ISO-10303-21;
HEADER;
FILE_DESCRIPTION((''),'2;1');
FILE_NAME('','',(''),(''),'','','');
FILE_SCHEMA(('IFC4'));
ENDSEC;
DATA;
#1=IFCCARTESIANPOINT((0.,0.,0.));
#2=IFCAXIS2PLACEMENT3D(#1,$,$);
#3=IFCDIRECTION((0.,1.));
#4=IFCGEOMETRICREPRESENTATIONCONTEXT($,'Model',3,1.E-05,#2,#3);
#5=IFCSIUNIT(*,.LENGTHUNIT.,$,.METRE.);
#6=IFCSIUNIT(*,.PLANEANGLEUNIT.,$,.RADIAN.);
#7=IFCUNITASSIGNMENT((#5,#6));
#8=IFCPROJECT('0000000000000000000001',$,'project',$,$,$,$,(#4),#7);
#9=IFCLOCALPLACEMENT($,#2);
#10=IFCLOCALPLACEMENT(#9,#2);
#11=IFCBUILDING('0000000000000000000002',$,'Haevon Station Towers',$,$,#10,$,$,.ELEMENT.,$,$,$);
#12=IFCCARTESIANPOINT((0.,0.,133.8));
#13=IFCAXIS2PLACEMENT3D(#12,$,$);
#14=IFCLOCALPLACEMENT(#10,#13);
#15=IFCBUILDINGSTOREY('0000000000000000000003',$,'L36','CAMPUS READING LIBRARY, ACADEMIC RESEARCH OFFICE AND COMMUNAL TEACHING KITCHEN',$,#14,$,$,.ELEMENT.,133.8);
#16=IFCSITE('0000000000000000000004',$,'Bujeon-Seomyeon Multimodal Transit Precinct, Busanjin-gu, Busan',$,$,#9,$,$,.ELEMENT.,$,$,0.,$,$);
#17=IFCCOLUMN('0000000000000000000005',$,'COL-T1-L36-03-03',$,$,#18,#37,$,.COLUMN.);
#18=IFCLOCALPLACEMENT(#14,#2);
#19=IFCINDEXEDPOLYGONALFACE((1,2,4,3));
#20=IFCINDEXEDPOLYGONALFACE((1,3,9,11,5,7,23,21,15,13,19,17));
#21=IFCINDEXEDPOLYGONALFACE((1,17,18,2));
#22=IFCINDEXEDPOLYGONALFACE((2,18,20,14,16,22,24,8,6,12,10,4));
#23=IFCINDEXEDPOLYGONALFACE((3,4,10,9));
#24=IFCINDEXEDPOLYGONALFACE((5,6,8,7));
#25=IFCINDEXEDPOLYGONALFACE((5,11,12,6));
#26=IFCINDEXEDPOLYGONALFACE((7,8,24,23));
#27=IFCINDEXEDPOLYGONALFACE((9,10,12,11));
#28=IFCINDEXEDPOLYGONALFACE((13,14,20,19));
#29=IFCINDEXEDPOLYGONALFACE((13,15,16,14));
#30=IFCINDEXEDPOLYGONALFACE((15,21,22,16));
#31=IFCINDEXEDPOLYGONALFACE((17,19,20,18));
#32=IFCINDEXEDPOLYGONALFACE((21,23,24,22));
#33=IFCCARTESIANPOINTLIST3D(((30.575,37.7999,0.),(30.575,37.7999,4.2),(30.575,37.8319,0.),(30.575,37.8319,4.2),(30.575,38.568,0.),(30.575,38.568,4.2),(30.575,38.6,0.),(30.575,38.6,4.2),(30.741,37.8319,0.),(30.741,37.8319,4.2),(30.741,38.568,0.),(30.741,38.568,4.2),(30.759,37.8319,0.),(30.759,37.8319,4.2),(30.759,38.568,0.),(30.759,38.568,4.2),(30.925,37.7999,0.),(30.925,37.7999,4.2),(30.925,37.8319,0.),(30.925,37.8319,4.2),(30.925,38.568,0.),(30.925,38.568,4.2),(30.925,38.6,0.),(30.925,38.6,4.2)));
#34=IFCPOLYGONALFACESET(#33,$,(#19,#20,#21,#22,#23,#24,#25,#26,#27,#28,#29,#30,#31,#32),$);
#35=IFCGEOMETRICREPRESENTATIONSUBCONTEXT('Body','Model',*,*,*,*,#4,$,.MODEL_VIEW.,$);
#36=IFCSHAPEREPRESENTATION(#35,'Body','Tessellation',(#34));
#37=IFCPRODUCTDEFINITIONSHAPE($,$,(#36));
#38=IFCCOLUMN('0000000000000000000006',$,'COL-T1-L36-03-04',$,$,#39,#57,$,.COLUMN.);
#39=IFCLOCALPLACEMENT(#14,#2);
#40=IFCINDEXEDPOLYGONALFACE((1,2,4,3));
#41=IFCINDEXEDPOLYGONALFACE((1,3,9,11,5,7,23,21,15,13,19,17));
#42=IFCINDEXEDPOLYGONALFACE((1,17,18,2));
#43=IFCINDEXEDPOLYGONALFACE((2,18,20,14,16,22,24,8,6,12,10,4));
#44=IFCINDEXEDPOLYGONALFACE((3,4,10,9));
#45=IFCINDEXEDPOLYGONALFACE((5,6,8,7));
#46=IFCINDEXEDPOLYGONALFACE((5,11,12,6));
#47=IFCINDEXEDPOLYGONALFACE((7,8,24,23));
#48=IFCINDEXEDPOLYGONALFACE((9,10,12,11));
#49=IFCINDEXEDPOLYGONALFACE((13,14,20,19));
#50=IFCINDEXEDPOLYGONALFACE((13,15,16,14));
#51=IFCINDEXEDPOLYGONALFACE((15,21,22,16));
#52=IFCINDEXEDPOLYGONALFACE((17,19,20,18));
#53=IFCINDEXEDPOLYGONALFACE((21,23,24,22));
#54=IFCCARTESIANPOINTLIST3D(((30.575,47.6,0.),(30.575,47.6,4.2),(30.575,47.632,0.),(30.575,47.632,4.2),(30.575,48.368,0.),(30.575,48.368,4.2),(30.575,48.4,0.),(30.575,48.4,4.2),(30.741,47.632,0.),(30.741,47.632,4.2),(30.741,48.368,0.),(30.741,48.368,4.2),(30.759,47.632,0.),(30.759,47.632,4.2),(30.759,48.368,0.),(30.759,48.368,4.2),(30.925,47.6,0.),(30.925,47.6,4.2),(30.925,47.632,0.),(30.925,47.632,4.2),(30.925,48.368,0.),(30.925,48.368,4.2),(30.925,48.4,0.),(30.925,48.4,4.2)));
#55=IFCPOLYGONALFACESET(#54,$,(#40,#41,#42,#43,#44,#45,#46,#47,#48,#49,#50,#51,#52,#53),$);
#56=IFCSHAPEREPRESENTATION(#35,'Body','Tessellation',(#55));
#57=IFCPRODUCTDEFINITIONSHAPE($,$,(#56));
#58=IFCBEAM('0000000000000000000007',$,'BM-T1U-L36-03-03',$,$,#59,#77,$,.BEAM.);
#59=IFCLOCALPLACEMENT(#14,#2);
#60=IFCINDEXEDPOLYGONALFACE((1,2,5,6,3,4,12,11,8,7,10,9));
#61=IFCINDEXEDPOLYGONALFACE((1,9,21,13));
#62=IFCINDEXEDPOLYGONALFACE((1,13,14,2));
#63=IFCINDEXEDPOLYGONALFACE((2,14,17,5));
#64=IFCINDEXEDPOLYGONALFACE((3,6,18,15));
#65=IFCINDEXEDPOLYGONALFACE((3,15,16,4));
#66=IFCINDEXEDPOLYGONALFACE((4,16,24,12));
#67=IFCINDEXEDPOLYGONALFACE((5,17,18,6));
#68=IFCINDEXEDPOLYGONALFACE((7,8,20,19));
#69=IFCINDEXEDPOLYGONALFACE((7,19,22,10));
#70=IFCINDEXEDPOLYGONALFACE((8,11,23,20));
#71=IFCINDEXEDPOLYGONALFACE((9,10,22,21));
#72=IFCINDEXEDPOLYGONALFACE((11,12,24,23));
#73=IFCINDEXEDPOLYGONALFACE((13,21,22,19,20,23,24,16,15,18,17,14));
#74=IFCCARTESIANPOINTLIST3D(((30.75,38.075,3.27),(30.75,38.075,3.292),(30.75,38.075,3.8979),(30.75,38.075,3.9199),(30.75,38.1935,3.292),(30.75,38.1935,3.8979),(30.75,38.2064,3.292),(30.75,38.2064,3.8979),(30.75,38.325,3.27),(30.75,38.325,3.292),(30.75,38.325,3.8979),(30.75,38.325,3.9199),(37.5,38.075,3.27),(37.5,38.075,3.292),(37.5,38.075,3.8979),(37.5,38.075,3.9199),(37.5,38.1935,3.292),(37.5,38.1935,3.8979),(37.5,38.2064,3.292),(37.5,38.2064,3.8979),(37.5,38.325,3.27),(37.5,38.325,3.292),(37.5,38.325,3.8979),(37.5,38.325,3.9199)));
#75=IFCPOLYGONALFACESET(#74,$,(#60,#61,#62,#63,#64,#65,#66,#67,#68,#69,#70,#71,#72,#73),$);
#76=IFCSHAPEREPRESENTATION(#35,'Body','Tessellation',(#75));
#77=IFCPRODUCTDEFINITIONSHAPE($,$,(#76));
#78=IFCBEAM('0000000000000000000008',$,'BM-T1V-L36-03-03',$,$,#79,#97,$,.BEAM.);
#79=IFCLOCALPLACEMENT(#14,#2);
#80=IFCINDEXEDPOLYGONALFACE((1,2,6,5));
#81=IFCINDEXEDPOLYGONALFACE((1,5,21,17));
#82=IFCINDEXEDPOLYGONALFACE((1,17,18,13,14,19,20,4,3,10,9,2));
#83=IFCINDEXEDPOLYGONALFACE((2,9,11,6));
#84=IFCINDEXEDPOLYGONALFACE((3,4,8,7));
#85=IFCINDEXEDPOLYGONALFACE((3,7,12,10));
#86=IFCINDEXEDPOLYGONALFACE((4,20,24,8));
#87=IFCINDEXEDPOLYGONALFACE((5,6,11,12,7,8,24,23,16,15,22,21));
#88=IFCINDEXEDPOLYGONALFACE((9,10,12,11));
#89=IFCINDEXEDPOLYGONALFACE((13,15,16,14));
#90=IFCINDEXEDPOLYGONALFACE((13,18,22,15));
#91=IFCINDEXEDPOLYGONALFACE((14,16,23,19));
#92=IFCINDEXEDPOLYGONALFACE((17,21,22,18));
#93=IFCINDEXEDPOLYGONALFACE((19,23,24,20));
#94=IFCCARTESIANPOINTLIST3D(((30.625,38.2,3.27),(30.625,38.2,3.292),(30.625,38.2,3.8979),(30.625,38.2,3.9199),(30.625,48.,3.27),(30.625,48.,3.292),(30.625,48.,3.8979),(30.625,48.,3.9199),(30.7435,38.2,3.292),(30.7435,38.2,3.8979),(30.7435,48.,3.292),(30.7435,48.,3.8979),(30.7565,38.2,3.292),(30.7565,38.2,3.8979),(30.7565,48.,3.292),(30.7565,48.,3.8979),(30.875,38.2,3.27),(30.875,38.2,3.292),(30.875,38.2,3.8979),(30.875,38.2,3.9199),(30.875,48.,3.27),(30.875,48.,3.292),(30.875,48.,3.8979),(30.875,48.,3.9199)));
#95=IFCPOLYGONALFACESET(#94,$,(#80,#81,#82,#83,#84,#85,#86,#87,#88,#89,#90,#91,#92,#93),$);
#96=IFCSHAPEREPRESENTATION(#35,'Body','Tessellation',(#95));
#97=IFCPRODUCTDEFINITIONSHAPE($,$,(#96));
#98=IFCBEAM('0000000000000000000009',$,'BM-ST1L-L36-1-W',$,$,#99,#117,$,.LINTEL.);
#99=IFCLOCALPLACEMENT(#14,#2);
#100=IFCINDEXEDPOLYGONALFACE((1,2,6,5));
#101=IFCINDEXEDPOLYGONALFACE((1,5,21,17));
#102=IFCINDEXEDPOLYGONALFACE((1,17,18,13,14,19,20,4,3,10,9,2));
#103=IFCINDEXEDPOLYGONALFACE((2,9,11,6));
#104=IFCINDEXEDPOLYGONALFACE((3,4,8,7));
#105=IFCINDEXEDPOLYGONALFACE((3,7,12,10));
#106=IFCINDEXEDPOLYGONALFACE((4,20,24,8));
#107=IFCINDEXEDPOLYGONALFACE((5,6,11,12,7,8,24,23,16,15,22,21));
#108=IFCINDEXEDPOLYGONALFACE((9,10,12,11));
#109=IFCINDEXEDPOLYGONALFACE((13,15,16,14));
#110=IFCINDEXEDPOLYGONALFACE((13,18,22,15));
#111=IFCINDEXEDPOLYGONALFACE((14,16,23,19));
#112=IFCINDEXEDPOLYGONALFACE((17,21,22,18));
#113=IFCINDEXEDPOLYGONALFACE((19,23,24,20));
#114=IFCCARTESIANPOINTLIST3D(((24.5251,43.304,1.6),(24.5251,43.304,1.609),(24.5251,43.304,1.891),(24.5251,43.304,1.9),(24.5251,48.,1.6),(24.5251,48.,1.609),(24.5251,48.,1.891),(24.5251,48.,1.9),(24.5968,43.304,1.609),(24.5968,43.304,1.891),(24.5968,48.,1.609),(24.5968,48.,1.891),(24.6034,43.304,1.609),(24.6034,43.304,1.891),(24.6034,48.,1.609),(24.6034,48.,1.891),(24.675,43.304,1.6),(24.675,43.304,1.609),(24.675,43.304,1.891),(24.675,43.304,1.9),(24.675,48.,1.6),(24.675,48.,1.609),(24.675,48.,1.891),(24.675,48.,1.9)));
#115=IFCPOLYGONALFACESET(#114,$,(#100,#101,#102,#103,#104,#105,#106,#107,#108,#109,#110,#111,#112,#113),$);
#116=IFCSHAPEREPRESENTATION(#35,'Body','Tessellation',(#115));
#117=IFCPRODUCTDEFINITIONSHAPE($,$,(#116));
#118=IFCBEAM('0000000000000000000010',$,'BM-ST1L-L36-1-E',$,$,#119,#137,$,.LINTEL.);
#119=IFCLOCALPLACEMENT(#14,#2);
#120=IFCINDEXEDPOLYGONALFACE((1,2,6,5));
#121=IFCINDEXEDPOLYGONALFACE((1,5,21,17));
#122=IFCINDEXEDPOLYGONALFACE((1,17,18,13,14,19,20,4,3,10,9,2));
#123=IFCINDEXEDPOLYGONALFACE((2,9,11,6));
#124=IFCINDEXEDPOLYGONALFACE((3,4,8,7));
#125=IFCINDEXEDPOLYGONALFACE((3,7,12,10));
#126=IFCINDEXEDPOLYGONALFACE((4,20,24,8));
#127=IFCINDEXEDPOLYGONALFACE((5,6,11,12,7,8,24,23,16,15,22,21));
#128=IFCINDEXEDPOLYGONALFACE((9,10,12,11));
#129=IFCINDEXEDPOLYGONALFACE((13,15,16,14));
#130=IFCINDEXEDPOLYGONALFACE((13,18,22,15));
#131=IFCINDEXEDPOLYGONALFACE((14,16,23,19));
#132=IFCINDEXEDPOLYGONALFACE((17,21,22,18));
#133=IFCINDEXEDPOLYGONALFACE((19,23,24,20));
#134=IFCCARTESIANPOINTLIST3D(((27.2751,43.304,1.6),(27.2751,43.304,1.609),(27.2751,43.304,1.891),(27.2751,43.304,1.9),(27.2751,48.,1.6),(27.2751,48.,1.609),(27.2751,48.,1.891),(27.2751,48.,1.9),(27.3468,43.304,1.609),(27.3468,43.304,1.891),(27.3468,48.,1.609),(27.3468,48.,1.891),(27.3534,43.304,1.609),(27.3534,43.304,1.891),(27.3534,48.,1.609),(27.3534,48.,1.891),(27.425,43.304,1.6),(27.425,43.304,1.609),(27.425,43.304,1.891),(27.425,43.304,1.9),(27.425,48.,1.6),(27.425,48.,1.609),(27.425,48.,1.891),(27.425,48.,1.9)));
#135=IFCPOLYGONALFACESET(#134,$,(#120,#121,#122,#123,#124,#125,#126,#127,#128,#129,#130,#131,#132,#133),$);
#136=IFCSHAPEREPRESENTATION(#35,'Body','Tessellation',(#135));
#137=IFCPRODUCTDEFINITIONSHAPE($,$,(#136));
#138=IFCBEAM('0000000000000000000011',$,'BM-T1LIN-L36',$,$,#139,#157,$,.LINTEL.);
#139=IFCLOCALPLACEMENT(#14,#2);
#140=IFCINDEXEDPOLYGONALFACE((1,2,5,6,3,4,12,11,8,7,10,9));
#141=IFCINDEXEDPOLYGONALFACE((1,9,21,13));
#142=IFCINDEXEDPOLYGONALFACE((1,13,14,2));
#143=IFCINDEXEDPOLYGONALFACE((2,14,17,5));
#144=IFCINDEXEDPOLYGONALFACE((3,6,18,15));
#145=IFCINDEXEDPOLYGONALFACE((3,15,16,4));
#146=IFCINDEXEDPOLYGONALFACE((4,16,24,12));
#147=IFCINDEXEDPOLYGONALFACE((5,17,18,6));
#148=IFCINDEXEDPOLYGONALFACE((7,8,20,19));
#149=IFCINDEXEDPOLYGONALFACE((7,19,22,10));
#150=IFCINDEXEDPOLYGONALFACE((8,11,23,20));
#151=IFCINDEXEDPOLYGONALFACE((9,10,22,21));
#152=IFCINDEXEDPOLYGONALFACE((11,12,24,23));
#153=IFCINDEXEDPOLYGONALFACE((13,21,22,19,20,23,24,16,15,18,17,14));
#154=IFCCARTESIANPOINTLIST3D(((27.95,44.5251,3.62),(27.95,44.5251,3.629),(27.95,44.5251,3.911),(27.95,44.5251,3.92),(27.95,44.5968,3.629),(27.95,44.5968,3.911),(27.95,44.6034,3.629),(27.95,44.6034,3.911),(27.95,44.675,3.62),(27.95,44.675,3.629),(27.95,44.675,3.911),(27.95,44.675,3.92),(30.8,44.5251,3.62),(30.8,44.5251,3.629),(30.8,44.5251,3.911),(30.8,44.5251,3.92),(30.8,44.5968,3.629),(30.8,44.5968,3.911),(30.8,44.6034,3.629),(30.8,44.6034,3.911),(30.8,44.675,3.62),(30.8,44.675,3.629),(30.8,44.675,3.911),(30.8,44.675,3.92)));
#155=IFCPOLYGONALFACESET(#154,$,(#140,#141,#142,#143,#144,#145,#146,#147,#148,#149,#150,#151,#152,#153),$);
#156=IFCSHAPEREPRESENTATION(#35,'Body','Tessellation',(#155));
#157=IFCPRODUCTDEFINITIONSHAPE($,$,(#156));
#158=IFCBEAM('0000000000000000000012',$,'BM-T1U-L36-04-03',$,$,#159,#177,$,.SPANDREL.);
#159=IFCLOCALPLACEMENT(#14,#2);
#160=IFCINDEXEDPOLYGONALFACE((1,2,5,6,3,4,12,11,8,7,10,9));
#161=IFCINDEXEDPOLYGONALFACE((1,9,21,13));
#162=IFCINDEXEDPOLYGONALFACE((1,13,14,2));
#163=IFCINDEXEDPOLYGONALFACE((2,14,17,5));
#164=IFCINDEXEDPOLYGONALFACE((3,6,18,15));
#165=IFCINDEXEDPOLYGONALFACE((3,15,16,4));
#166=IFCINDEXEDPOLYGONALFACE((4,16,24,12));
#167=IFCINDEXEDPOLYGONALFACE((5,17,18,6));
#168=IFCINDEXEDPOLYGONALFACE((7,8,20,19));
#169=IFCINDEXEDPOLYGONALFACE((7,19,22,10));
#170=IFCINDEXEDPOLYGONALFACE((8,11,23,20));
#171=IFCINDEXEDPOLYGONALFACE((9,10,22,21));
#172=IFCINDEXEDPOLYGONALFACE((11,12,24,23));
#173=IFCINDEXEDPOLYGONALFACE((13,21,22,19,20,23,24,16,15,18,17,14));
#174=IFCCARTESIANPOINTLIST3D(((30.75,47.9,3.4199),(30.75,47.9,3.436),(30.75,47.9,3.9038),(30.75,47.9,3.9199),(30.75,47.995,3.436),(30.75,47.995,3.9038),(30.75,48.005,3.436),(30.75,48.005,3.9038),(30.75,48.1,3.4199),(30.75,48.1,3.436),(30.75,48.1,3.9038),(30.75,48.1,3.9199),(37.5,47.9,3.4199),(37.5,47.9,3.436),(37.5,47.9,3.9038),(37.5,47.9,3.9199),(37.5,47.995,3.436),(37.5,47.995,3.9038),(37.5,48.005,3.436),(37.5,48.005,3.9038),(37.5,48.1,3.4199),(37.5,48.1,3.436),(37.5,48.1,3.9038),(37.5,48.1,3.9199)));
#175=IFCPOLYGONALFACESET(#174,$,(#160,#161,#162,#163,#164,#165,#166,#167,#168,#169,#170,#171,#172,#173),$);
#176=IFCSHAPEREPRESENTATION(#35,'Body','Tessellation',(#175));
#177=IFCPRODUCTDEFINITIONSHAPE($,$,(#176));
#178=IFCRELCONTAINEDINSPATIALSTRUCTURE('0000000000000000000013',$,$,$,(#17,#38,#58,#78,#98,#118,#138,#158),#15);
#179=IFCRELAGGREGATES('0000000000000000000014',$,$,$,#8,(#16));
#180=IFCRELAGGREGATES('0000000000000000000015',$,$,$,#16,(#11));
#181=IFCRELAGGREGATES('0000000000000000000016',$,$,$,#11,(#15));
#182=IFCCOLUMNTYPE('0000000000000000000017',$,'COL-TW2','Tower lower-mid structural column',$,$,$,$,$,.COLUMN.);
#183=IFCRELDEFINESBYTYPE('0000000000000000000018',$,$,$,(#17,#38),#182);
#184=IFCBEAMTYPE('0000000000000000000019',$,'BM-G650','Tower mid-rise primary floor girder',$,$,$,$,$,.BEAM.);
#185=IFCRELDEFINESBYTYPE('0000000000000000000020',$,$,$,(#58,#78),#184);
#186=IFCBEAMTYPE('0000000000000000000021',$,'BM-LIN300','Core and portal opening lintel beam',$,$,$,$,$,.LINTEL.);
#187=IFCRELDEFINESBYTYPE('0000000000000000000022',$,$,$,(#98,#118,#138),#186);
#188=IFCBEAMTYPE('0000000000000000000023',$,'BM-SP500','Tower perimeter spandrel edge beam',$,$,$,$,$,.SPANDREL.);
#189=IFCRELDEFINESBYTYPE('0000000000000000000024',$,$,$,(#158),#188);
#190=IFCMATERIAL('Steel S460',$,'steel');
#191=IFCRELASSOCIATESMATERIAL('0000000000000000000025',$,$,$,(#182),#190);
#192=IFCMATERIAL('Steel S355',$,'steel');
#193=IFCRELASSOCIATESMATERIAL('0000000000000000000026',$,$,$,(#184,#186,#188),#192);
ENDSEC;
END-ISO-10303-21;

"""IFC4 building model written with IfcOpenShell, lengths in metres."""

from ifc_helpers import new_model, si_unit, direction, frame, origin, origin_2d, place, context, subcontext, project, spatial, i_section, extrude, material, material_profile, profile_set, type_object, element, save


model = new_model("IFC4")

# Units and contexts
model_context = context("Model", 3, precision=1e-05, world=origin(), true_north=direction((0.0, 1.0)))
body_context = subcontext(model_context, "Body", "Model", "MODEL_VIEW")
ifc_project = project(units=[si_unit("LENGTHUNIT", "METRE"), si_unit("PLANEANGLEUNIT", "RADIAN")], contexts=[model_context])

# Site, building, storey
site_placement = place(None, origin())
site = spatial("IfcSite", under=ifc_project, at=site_placement, Name="Bujeon-Seomyeon Multimodal Transit Precinct, Busanjin-gu, Busan", CompositionType="ELEMENT", RefElevation=0.0)
building_placement = place(site_placement, origin())
building = spatial("IfcBuilding", under=site, at=building_placement, Name="Haevon Station Towers", CompositionType="ELEMENT")
storey_placement = place(building_placement, frame((0.0, 0.0, 133.8)))
storey = spatial("IfcBuildingStorey", under=building, at=storey_placement, Name="L36", Description="CAMPUS READING LIBRARY, ACADEMIC RESEARCH OFFICE AND COMMUNAL TEACHING KITCHEN", CompositionType="ELEMENT", Elevation=133.8)

# Columns
ifc_material_1 = material(Name="Steel S460", Category="steel")
ifc_material_profile_1 = material_profile(ifc_material_1, i_section(OverallWidth=0.3501, OverallDepth=0.8, WebThickness=0.0181, FlangeThickness=0.032, at=origin_2d()), Name="H-800x350x18x32")
ifc_profile_set_1 = profile_set([ifc_material_profile_1], Name="Steel S460")
column_type = type_object("IfcColumnType", Name="COL-TW2", Description="Tower lower-mid structural column", PredefinedType="COLUMN", material=ifc_profile_set_1)
for number, where, z_axis, x_axis, name in (
    (1, (30.75, 38.2, 0.0), (0.0, 0.0, 1.0), (1.0, 0.0, 0.0), "COL-T1-L36-03-03"),
    (2, (30.75, 48.0, 0.0), (0.0, 0.0, 1.0), (1.0, 0.0, 0.0), "COL-T1-L36-03-04"),
):
    element("IfcColumn", number, at=place(storey_placement, frame(where, z_axis=z_axis, x_axis=x_axis)), inside=storey, type_object=column_type, Name=name, PredefinedType="COLUMN", context=body_context, shape_type="SweptSolid", body=[
        extrude(i_section(OverallWidth=0.3501, OverallDepth=0.8, WebThickness=0.0181, FlangeThickness=0.032, at=origin_2d()), origin(), (0.0, 0.0, 1.0), 4.2),
    ])

# Beams
ifc_material_2 = material(Name="Steel S355", Category="steel")
ifc_material_profile_2 = material_profile(ifc_material_2, i_section(OverallWidth=0.25, OverallDepth=0.6499, WebThickness=0.0129, FlangeThickness=0.022, at=origin_2d()), Name="H-650x250x13x22")
ifc_profile_set_2 = profile_set([ifc_material_profile_2], Name="Steel S355")
beam_type_1 = type_object("IfcBeamType", Name="BM-G650", Description="Tower mid-rise primary floor girder", PredefinedType="BEAM", material=ifc_profile_set_2)
beam_1_placement = place(storey_placement, frame((30.75, 38.2, 3.595), z_axis=(1.0, 0.0, 0.0), x_axis=(0.0, 1.0, 0.0)))
element("IfcBeam", 3, at=beam_1_placement, inside=storey, type_object=beam_type_1, Name="BM-T1U-L36-03-03", PredefinedType="BEAM", context=body_context, shape_type="SweptSolid", body=[
    extrude(i_section(OverallWidth=0.25, OverallDepth=0.6499, WebThickness=0.0129, FlangeThickness=0.022, at=origin_2d()), origin(), (0.0, 0.0, 1.0), 6.75),
])
beam_2_placement = place(storey_placement, frame((30.75, 38.2, 3.595), z_axis=(0.0, 1.0, 0.0), x_axis=(-1.0, 0.0, 0.0)))
element("IfcBeam", 4, at=beam_2_placement, inside=storey, type_object=beam_type_1, Name="BM-T1V-L36-03-03", PredefinedType="BEAM", context=body_context, shape_type="SweptSolid", body=[
    extrude(i_section(OverallWidth=0.25, OverallDepth=0.6499, WebThickness=0.0129, FlangeThickness=0.022, at=origin_2d()), origin(), (0.0, 0.0, 1.0), 9.8),
])
ifc_material_profile_3 = material_profile(ifc_material_2, i_section(OverallWidth=0.1499, OverallDepth=0.3, WebThickness=0.0066, FlangeThickness=0.009, at=origin_2d()), Name="H-300x150x6.5x9")
ifc_profile_set_3 = profile_set([ifc_material_profile_3], Name="Steel S355")
beam_type_2 = type_object("IfcBeamType", Name="BM-LIN300", Description="Core and portal opening lintel beam", PredefinedType="LINTEL", material=ifc_profile_set_3)
for number, where, z_axis, x_axis, name in (
    (5, (24.6001, 43.304, 1.75), (0.0, 1.0, 0.0), (-1.0, 0.0, 0.0), "BM-ST1L-L36-1-W"),
    (6, (27.3501, 43.304, 1.75), (0.0, 1.0, 0.0), (-1.0, 0.0, 0.0), "BM-ST1L-L36-1-E"),
):
    element("IfcBeam", number, at=place(storey_placement, frame(where, z_axis=z_axis, x_axis=x_axis)), inside=storey, type_object=beam_type_2, Name=name, PredefinedType="LINTEL", context=body_context, shape_type="SweptSolid", body=[
        extrude(i_section(OverallWidth=0.1499, OverallDepth=0.3, WebThickness=0.0066, FlangeThickness=0.009, at=origin_2d()), origin(), (0.0, 0.0, 1.0), 4.696),
    ])
beam_3_placement = place(storey_placement, frame((27.95, 44.6001, 3.77), z_axis=(1.0, 0.0, 0.0), x_axis=(0.0, 1.0, 0.0)))
element("IfcBeam", 7, at=beam_3_placement, inside=storey, type_object=beam_type_2, Name="BM-T1LIN-L36", PredefinedType="LINTEL", context=body_context, shape_type="SweptSolid", body=[
    extrude(i_section(OverallWidth=0.1499, OverallDepth=0.3, WebThickness=0.0066, FlangeThickness=0.009, at=origin_2d()), origin(), (0.0, 0.0, 1.0), 2.8501),
])
ifc_material_profile_4 = material_profile(ifc_material_2, i_section(OverallWidth=0.2, OverallDepth=0.5, WebThickness=0.01, FlangeThickness=0.0161, at=origin_2d()), Name="H-500x200x10x16")
ifc_profile_set_4 = profile_set([ifc_material_profile_4], Name="Steel S355")
beam_type_3 = type_object("IfcBeamType", Name="BM-SP500", Description="Tower perimeter spandrel edge beam", PredefinedType="SPANDREL", material=ifc_profile_set_4)
beam_4_placement = place(storey_placement, frame((30.75, 48.0, 3.6699), z_axis=(1.0, 0.0, 0.0), x_axis=(0.0, 1.0, 0.0)))
element("IfcBeam", 8, at=beam_4_placement, inside=storey, type_object=beam_type_3, Name="BM-T1U-L36-04-03", PredefinedType="SPANDREL", context=body_context, shape_type="SweptSolid", body=[
    extrude(i_section(OverallWidth=0.2, OverallDepth=0.5, WebThickness=0.01, FlangeThickness=0.0161, at=origin_2d()), origin(), (0.0, 0.0, 1.0), 6.75),
])

save(model, "model.ifc")
